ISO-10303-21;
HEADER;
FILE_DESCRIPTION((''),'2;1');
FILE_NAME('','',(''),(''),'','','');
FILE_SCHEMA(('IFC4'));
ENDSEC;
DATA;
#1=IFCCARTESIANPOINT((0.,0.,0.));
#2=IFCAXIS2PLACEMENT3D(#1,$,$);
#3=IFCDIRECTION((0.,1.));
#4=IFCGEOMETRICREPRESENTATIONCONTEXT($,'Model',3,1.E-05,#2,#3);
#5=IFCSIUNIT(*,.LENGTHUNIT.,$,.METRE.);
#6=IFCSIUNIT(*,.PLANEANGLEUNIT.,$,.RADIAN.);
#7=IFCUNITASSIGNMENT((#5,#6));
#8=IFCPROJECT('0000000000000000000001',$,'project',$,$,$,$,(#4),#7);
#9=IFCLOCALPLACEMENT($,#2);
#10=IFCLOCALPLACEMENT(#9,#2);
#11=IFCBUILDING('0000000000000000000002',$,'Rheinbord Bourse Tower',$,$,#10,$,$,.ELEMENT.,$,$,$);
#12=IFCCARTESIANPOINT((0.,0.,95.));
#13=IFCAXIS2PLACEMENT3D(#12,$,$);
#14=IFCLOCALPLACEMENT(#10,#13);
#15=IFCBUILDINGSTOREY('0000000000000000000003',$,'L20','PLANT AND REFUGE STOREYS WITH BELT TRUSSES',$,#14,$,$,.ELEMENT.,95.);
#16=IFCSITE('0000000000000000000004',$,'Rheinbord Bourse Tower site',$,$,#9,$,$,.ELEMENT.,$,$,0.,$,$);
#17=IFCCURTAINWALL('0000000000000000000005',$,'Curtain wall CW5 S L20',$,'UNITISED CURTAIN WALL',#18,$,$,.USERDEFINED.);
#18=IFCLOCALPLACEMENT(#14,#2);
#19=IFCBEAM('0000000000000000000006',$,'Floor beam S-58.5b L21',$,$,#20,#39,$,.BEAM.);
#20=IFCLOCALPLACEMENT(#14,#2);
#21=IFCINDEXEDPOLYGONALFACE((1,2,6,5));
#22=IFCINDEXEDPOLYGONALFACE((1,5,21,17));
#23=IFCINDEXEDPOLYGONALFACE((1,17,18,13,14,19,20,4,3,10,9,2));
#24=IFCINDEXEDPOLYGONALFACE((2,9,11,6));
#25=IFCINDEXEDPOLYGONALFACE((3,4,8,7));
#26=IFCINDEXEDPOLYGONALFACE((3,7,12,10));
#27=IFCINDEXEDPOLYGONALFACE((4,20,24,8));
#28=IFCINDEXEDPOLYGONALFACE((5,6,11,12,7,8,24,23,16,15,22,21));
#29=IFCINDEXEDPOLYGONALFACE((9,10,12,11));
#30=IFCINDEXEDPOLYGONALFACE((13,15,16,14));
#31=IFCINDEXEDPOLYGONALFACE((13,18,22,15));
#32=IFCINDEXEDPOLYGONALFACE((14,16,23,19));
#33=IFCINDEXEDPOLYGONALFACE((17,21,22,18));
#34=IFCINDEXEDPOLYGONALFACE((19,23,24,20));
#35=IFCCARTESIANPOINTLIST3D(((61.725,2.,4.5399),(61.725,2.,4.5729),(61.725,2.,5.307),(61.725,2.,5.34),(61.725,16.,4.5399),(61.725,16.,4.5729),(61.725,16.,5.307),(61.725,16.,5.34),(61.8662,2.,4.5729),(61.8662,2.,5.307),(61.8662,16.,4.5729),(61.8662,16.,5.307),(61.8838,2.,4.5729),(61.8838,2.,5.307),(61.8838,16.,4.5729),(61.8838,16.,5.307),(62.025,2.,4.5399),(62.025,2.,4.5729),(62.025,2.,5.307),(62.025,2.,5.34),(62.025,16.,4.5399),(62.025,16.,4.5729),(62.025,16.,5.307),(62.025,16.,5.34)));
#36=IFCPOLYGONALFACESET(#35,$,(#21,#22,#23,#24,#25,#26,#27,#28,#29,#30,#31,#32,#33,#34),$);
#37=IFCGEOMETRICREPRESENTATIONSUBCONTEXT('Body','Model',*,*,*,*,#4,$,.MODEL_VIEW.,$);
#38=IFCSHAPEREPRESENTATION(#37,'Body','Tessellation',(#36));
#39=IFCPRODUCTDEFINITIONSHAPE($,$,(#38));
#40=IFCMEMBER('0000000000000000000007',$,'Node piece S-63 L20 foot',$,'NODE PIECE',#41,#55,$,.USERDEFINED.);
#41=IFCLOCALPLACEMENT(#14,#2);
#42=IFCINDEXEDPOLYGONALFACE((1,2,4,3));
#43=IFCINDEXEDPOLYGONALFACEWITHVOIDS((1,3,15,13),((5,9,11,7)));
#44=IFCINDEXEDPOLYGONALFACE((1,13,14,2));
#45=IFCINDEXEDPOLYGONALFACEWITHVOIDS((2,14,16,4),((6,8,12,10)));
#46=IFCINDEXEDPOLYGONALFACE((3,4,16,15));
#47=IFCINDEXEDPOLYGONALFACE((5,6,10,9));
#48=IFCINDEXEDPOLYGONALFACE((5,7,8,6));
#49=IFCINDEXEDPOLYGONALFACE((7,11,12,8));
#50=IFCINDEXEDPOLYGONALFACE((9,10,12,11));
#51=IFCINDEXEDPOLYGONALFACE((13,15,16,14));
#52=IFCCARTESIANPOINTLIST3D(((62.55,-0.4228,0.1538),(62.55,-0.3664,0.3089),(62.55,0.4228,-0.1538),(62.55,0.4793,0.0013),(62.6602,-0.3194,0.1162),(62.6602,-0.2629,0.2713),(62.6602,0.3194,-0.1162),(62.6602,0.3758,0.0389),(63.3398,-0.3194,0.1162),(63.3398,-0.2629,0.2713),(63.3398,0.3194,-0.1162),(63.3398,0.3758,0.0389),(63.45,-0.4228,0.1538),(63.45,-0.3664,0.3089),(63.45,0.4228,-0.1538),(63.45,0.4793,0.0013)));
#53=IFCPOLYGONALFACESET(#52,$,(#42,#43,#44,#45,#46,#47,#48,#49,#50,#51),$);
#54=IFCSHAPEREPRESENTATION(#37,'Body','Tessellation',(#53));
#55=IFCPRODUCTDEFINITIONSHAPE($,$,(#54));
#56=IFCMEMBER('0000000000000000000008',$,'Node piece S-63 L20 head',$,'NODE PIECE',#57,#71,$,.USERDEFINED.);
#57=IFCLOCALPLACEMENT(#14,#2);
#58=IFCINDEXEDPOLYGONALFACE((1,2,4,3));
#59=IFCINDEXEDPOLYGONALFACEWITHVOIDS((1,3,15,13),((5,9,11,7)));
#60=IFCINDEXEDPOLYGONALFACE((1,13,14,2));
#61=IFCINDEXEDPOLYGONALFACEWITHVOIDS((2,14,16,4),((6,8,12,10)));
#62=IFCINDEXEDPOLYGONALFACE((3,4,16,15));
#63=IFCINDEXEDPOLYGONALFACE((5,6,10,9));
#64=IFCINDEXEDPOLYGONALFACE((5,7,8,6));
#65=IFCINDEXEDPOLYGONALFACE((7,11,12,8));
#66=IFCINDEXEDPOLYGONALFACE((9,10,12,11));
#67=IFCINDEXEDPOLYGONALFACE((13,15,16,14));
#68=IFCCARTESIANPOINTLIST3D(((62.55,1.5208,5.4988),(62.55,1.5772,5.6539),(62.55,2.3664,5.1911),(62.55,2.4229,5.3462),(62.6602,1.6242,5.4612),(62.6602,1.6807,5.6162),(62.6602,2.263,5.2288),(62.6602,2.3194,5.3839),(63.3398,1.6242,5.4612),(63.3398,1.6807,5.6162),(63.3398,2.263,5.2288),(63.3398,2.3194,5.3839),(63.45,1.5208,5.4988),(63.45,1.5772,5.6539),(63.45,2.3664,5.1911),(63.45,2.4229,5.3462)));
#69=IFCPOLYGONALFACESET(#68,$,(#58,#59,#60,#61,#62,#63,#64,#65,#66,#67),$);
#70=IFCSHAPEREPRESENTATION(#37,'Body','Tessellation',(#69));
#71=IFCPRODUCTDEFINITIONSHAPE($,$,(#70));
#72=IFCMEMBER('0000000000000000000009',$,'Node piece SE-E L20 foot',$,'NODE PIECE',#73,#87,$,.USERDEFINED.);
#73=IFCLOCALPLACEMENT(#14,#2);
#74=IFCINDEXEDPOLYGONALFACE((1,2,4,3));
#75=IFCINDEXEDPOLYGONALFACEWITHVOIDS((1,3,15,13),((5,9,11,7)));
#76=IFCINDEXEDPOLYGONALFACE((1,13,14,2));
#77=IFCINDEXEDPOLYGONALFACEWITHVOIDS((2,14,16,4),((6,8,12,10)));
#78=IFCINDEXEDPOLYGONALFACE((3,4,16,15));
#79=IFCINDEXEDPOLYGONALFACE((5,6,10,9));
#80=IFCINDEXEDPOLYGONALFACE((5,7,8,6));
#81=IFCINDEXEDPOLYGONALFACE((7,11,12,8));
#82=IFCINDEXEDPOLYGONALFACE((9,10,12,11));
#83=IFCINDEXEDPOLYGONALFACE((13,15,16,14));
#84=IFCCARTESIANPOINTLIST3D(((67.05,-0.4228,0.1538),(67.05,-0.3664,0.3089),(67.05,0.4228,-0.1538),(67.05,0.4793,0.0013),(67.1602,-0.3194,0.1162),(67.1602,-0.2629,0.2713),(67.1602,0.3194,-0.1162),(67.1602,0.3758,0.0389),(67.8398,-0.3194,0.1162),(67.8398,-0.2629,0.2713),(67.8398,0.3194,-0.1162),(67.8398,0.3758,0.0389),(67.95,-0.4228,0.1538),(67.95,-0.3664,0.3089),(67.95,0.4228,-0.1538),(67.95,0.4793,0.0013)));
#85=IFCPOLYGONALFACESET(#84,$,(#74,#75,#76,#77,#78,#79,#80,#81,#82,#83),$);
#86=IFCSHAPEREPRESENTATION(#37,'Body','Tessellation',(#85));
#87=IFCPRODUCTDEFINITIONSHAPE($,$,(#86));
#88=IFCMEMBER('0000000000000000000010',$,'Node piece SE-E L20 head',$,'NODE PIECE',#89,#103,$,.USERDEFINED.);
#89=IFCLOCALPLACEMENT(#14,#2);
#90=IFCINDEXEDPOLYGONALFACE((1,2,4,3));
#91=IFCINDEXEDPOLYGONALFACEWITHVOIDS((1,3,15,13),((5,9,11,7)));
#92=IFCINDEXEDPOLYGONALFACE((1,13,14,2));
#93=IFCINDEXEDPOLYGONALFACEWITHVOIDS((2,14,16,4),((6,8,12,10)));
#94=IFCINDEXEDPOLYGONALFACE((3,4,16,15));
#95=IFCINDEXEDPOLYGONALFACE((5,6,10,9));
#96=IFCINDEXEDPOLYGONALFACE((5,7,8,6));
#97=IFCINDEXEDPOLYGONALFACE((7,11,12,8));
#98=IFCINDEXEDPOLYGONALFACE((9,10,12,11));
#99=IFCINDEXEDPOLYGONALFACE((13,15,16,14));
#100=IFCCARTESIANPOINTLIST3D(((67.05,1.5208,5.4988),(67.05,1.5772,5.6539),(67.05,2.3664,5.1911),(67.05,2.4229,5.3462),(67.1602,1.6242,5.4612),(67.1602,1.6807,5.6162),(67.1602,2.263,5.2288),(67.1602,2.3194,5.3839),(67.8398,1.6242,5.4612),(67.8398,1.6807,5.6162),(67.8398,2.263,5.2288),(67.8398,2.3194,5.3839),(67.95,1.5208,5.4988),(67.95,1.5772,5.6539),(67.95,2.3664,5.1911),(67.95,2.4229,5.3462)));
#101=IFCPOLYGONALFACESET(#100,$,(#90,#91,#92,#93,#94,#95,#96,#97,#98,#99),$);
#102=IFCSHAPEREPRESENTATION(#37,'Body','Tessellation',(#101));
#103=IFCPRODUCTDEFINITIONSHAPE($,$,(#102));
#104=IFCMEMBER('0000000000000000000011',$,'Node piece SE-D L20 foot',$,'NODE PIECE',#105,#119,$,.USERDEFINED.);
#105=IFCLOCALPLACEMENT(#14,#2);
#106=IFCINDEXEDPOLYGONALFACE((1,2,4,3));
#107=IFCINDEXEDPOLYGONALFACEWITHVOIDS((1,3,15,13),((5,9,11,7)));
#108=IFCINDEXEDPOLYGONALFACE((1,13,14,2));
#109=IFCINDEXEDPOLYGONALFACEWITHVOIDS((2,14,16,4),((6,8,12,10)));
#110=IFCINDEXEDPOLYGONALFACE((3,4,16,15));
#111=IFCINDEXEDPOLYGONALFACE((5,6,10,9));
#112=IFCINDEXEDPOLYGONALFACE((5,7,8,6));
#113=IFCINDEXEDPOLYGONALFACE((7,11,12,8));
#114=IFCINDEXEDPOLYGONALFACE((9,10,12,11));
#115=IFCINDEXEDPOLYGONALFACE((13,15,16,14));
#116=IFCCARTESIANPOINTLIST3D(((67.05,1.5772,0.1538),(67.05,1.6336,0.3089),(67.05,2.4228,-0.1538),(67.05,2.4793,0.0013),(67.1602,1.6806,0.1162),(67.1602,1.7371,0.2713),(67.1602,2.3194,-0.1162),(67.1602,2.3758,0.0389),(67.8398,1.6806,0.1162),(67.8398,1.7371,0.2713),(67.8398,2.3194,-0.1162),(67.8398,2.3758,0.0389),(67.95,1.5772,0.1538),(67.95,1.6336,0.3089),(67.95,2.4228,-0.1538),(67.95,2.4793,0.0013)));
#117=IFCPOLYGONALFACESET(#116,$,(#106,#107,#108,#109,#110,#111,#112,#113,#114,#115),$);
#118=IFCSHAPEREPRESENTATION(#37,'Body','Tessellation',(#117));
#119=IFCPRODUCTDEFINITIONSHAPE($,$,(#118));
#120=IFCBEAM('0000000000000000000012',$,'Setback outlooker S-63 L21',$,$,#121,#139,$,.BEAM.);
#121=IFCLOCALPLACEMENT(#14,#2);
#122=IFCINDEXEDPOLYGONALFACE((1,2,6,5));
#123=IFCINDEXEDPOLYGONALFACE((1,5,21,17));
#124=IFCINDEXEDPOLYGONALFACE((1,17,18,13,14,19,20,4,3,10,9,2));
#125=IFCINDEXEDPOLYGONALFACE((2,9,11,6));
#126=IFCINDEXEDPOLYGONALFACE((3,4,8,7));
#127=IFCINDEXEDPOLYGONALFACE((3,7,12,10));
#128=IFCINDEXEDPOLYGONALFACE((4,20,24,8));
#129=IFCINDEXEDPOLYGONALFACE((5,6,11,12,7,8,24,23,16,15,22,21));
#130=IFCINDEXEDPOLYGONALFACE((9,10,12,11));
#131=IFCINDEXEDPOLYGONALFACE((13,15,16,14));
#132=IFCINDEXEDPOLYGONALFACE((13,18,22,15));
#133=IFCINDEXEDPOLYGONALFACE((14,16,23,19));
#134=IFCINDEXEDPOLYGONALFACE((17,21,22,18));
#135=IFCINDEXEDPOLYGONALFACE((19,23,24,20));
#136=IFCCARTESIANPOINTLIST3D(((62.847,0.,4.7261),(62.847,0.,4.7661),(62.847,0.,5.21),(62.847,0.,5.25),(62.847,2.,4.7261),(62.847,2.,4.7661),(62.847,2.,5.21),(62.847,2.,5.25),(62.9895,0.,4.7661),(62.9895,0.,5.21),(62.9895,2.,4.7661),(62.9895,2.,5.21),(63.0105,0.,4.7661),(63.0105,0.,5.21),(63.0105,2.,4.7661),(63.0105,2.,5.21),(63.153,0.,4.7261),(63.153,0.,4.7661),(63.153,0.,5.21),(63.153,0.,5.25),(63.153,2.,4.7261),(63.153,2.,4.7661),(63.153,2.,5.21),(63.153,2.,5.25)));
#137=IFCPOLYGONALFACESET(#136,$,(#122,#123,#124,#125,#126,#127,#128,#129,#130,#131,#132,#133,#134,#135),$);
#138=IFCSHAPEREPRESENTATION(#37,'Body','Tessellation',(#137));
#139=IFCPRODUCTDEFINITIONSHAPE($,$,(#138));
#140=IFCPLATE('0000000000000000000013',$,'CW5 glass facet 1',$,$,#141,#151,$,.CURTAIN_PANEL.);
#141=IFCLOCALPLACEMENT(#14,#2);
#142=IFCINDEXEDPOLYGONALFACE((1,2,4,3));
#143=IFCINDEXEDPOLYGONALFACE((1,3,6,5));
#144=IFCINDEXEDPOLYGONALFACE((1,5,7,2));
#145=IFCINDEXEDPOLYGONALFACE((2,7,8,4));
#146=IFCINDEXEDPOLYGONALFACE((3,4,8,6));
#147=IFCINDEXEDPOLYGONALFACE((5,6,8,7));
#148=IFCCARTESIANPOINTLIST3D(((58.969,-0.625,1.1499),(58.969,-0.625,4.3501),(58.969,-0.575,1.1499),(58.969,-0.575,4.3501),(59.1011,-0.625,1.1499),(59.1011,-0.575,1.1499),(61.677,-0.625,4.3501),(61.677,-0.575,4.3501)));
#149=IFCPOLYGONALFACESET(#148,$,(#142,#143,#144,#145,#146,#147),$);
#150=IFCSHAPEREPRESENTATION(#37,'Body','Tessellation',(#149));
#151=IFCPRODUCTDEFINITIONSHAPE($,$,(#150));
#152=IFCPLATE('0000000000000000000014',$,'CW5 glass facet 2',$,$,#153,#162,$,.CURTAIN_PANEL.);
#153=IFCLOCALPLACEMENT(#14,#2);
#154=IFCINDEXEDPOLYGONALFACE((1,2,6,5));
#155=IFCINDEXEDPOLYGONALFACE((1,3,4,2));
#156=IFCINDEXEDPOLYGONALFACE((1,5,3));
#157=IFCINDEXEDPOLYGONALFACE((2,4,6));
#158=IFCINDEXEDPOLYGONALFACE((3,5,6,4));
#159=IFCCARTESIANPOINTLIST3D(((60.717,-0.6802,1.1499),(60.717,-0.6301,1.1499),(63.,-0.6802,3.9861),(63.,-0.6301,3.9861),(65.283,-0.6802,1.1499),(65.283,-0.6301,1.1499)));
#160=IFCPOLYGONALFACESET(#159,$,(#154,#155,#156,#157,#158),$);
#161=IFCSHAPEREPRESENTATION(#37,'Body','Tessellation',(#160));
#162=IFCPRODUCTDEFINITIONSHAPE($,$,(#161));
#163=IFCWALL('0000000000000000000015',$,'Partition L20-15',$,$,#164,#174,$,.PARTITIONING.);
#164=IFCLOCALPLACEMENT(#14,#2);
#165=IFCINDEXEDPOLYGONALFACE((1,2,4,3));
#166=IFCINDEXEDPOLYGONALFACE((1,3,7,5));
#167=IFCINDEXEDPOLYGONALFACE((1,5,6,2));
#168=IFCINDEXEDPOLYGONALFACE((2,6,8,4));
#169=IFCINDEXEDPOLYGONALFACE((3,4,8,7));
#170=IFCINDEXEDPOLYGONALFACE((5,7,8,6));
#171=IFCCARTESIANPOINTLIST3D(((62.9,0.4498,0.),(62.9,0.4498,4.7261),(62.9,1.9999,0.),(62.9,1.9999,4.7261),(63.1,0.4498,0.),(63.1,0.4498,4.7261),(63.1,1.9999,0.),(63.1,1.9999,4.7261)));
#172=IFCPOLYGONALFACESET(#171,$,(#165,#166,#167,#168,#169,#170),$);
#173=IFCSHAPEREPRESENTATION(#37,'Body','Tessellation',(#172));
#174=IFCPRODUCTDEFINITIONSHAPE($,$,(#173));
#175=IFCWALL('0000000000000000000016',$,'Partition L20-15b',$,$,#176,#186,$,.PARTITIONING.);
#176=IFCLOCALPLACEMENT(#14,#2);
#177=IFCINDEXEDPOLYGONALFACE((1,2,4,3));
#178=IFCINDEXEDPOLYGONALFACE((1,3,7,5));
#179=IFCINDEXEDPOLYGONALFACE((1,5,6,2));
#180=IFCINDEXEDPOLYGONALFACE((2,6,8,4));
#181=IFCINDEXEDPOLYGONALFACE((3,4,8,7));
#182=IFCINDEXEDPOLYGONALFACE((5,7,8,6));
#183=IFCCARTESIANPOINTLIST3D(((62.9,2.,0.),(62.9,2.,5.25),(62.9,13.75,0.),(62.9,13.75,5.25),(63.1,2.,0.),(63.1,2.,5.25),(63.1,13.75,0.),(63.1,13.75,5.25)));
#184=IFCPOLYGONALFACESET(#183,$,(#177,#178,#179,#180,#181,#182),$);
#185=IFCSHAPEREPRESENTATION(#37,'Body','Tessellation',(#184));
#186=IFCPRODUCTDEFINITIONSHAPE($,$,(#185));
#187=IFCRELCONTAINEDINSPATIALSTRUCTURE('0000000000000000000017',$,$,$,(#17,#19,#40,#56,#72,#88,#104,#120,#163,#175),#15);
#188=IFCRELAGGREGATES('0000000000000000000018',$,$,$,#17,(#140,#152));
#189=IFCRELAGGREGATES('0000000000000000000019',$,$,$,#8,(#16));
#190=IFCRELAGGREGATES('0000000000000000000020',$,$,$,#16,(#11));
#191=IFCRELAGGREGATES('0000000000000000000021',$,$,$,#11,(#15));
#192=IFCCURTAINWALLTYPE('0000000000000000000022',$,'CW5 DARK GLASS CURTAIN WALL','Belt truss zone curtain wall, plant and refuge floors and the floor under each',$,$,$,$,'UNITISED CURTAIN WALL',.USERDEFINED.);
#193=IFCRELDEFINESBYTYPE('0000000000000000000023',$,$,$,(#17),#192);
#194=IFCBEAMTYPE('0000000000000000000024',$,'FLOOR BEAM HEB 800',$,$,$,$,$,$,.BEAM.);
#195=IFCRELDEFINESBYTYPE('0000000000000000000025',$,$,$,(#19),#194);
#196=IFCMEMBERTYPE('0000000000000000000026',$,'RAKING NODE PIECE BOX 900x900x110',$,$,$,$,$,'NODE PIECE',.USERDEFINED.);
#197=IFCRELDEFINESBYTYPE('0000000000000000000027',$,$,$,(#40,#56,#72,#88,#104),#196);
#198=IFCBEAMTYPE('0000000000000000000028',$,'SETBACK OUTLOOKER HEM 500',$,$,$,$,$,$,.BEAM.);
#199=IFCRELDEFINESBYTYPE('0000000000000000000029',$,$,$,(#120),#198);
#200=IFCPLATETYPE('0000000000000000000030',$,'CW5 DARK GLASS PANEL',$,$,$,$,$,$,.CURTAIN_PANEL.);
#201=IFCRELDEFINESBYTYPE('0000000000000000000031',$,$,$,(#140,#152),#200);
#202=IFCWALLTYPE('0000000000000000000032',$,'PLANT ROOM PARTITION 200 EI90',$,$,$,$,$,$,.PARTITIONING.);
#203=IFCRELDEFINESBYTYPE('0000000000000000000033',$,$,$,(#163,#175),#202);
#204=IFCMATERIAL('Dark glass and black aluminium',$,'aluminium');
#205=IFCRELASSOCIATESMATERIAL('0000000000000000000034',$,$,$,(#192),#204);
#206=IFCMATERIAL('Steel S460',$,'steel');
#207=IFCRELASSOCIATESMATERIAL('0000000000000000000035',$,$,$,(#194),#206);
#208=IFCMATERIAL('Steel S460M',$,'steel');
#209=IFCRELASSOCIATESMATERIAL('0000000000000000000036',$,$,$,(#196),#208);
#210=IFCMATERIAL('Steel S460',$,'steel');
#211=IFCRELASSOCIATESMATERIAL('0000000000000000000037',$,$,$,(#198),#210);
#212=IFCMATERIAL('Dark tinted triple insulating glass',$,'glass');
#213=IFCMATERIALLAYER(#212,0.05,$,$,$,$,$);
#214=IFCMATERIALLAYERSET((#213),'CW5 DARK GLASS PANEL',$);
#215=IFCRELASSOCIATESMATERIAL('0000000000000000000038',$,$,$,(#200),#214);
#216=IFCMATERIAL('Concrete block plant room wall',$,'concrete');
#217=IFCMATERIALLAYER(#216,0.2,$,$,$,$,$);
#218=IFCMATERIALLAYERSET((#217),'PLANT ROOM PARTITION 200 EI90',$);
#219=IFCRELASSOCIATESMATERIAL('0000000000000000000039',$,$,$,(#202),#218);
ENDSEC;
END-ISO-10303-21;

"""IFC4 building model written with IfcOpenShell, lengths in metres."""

from ifc_helpers import new_model, si_unit, direction, frame, frame_2d, origin, origin_2d, place, context, subcontext, project, spatial, polyline, rectangle, hollow_rectangle, i_section, outline, extrude, material, layer, layer_set, material_profile, profile_set, type_object, element, aggregate, save


model = new_model("IFC4")

# Units and contexts
model_context = context("Model", 3, precision=1e-05, world=origin(), true_north=direction((0.0, 1.0)))
body_context = subcontext(model_context, "Body", "Model", "MODEL_VIEW")
ifc_project = project(units=[si_unit("LENGTHUNIT", "METRE"), si_unit("PLANEANGLEUNIT", "RADIAN")], contexts=[model_context])

# Site, building, storey
site_placement = place(None, origin())
site = spatial("IfcSite", under=ifc_project, at=site_placement, Name="Rheinbord Bourse Tower site", CompositionType="ELEMENT", RefElevation=0.0)
building_placement = place(site_placement, origin())
building = spatial("IfcBuilding", under=site, at=building_placement, Name="Rheinbord Bourse Tower", CompositionType="ELEMENT")
storey_placement = place(building_placement, frame((0.0, 0.0, 95.0)))
storey = spatial("IfcBuildingStorey", under=building, at=storey_placement, Name="L20", Description="PLANT AND REFUGE STOREYS WITH BELT TRUSSES", CompositionType="ELEMENT", Elevation=95.0)

# Curtain wall
ifc_material_1 = material(Name="Dark glass and black aluminium", Category="aluminium")
curtain_wall_type = type_object("IfcCurtainWallType", Name="CW5 DARK GLASS CURTAIN WALL", Description="Belt truss zone curtain wall, plant and refuge floors and the floor under each", ElementType="UNITISED CURTAIN WALL", PredefinedType="USERDEFINED", material=ifc_material_1)
curtain_wall_placement = place(storey_placement, origin())
curtain_wall = element("IfcCurtainWall", 1, at=curtain_wall_placement, inside=storey, type_object=curtain_wall_type, Name="Curtain wall CW5 S L20", ObjectType="UNITISED CURTAIN WALL", PredefinedType="USERDEFINED")

# Beam
ifc_material_2 = material(Name="Steel S460", Category="steel")
ifc_material_profile_1 = material_profile(ifc_material_2, i_section(OverallWidth=0.3, OverallDepth=0.8, WebThickness=0.0176, FlangeThickness=0.033, at=origin_2d()), Name="HEB 800")
ifc_profile_set_1 = profile_set([ifc_material_profile_1], Name="Steel S460")
beam_type_1 = type_object("IfcBeamType", Name="FLOOR BEAM HEB 800", PredefinedType="BEAM", material=ifc_profile_set_1)
for number, where, z_axis, x_axis, name in (
    (2, (61.875, 2.0, 4.9399), (0.0, 1.0, 0.0), (-1.0, 0.0, 0.0), "Floor beam S-58.5b L21"),
):
    element("IfcBeam", number, at=place(storey_placement, frame(where, z_axis=z_axis, x_axis=x_axis)), inside=storey, type_object=beam_type_1, Name=name, PredefinedType="BEAM", context=body_context, shape_type="SweptSolid", body=[
        extrude(i_section(OverallWidth=0.3, OverallDepth=0.8, WebThickness=0.0176, FlangeThickness=0.033, at=origin_2d()), origin(), (0.0, 0.0, 1.0), 14.0),
    ])

# Members
ifc_material_3 = material(Name="Steel S460M", Category="steel")
ifc_material_profile_2 = material_profile(ifc_material_3, hollow_rectangle(XDim=0.8999, YDim=0.8999, WallThickness=0.1101, at=origin_2d()), Name="BOX 900x900x110")
ifc_profile_set_2 = profile_set([ifc_material_profile_2], Name="Steel S460M")
member_type_1 = type_object("IfcMemberType", Name="RAKING NODE PIECE BOX 900x900x110", ElementType="NODE PIECE", PredefinedType="USERDEFINED", material=ifc_profile_set_2)
for number, where, z_axis, x_axis, name in (
    (3, (63.0, 0.0, 0.0), (0.0, 0.341862, 0.93975), (0.0, -0.93975, 0.341862), "Node piece S-63 L20 foot"),
    (4, (63.0, 1.9436, 5.345), (0.0, 0.341862, 0.93975), (0.0, -0.93975, 0.341862), "Node piece S-63 L20 head"),
    (5, (67.5, 0.0, 0.0), (0.0, 0.341862, 0.93975), (0.0, -0.93975, 0.341862), "Node piece SE-E L20 foot"),
    (6, (67.5, 1.9436, 5.345), (0.0, 0.341862, 0.93975), (0.0, -0.93975, 0.341862), "Node piece SE-E L20 head"),
    (7, (67.5, 2.0, 0.0), (0.0, 0.341862, 0.93975), (0.0, -0.93975, 0.341862), "Node piece SE-D L20 foot"),
):
    element("IfcMember", number, at=place(storey_placement, frame(where, z_axis=z_axis, x_axis=x_axis)), inside=storey, type_object=member_type_1, Name=name, ObjectType="NODE PIECE", PredefinedType="USERDEFINED", context=body_context, shape_type="SweptSolid", body=[
        extrude(hollow_rectangle(XDim=0.8999, YDim=0.8999, WallThickness=0.1101, at=origin_2d()), origin(), (0.0, 0.0, 1.0), 0.165),
    ])

# Beam
ifc_material_4 = material(Name="Steel S460", Category="steel")
ifc_material_profile_3 = material_profile(ifc_material_4, i_section(OverallWidth=0.3059, OverallDepth=0.5239, WebThickness=0.021, FlangeThickness=0.04, at=origin_2d()), Name="HEM 500")
ifc_profile_set_3 = profile_set([ifc_material_profile_3], Name="Steel S460")
beam_type_2 = type_object("IfcBeamType", Name="SETBACK OUTLOOKER HEM 500", PredefinedType="BEAM", material=ifc_profile_set_3)
beam_1_placement = place(storey_placement, frame((63.0, 2.0, 4.988), z_axis=(0.0, -1.0, 0.0), x_axis=(1.0, 0.0, 0.0)))
element("IfcBeam", 8, at=beam_1_placement, inside=storey, type_object=beam_type_2, Name="Setback outlooker S-63 L21", PredefinedType="BEAM", context=body_context, shape_type="SweptSolid", body=[
    extrude(i_section(OverallWidth=0.3059, OverallDepth=0.5239, WebThickness=0.021, FlangeThickness=0.04, at=origin_2d()), origin(), (0.0, 0.0, 1.0), 2.0),
])

# Plates
ifc_material_5 = material(Name="Dark tinted triple insulating glass", Category="glass")
ifc_layer_1 = layer(ifc_material_5, 0.05)
ifc_layer_set_1 = layer_set([ifc_layer_1], Name="CW5 DARK GLASS PANEL")
plate_type = type_object("IfcPlateType", Name="CW5 DARK GLASS PANEL", PredefinedType="CURTAIN_PANEL", material=ifc_layer_set_1)
plate_1_placement = place(storey_placement, frame((58.969, -0.625, 1.1499), z_axis=(0.0, 1.0, 0.0), x_axis=(0.0, 0.0, 1.0)))
plate_1 = element("IfcPlate", 9, at=plate_1_placement, type_object=plate_type, Name="CW5 glass facet 1", PredefinedType="CURTAIN_PANEL", context=body_context, shape_type="SweptSolid", body=[
    extrude(outline(polyline([(0.0, 0.0), (3.2002, 0.0), (3.2002, 2.708), (0.0, 0.1321), (0.0, 0.0)])), origin(), (0.0, 0.0, 1.0), 0.05),
])
plate_2_placement = place(storey_placement, frame((60.717, -0.6802, 1.1499), z_axis=(0.0, 1.0, 0.0), x_axis=(0.627039, 0.0, 0.778988)))
plate_2 = element("IfcPlate", 10, at=plate_2_placement, type_object=plate_type, Name="CW5 glass facet 2", PredefinedType="CURTAIN_PANEL", context=body_context, shape_type="SweptSolid", body=[
    extrude(outline(polyline([(0.0, 0.0), (3.6409, 0.0), (2.863, 3.5569), (0.0, 0.0)])), origin(), (0.0, 0.0, 1.0), 0.05),
])
aggregate(curtain_wall, [plate_1, plate_2])

# Walls
ifc_material_6 = material(Name="Concrete block plant room wall", Category="concrete")
ifc_layer_2 = layer(ifc_material_6, 0.2)
ifc_layer_set_2 = layer_set([ifc_layer_2], Name="PLANT ROOM PARTITION 200 EI90")
wall_type = type_object("IfcWallType", Name="PLANT ROOM PARTITION 200 EI90", PredefinedType="PARTITIONING", material=ifc_layer_set_2)
wall_1_placement = place(storey_placement, frame((63.0, 0.45, 0.0), z_axis=(0.0, 0.0, 1.0), x_axis=(0.0, 1.0, 0.0)))
element("IfcWall", 11, at=wall_1_placement, inside=storey, type_object=wall_type, Name="Partition L20-15", PredefinedType="PARTITIONING", context=body_context, shape_type="SweptSolid", body=[
    extrude(rectangle(XDim=1.55, YDim=0.2, at=frame_2d((0.7749, 0.0))), origin(), (0.0, 0.0, 1.0), 4.7261),
])
wall_2_placement = place(storey_placement, frame((63.0, 2.0, 0.0), z_axis=(0.0, 0.0, 1.0), x_axis=(0.0, 1.0, 0.0)))
element("IfcWall", 12, at=wall_2_placement, inside=storey, type_object=wall_type, Name="Partition L20-15b", PredefinedType="PARTITIONING", context=body_context, shape_type="SweptSolid", body=[
    extrude(rectangle(XDim=11.75, YDim=0.2, at=frame_2d((5.875, 0.0))), origin(), (0.0, 0.0, 1.0), 5.25),
])

save(model, "model.ifc")
